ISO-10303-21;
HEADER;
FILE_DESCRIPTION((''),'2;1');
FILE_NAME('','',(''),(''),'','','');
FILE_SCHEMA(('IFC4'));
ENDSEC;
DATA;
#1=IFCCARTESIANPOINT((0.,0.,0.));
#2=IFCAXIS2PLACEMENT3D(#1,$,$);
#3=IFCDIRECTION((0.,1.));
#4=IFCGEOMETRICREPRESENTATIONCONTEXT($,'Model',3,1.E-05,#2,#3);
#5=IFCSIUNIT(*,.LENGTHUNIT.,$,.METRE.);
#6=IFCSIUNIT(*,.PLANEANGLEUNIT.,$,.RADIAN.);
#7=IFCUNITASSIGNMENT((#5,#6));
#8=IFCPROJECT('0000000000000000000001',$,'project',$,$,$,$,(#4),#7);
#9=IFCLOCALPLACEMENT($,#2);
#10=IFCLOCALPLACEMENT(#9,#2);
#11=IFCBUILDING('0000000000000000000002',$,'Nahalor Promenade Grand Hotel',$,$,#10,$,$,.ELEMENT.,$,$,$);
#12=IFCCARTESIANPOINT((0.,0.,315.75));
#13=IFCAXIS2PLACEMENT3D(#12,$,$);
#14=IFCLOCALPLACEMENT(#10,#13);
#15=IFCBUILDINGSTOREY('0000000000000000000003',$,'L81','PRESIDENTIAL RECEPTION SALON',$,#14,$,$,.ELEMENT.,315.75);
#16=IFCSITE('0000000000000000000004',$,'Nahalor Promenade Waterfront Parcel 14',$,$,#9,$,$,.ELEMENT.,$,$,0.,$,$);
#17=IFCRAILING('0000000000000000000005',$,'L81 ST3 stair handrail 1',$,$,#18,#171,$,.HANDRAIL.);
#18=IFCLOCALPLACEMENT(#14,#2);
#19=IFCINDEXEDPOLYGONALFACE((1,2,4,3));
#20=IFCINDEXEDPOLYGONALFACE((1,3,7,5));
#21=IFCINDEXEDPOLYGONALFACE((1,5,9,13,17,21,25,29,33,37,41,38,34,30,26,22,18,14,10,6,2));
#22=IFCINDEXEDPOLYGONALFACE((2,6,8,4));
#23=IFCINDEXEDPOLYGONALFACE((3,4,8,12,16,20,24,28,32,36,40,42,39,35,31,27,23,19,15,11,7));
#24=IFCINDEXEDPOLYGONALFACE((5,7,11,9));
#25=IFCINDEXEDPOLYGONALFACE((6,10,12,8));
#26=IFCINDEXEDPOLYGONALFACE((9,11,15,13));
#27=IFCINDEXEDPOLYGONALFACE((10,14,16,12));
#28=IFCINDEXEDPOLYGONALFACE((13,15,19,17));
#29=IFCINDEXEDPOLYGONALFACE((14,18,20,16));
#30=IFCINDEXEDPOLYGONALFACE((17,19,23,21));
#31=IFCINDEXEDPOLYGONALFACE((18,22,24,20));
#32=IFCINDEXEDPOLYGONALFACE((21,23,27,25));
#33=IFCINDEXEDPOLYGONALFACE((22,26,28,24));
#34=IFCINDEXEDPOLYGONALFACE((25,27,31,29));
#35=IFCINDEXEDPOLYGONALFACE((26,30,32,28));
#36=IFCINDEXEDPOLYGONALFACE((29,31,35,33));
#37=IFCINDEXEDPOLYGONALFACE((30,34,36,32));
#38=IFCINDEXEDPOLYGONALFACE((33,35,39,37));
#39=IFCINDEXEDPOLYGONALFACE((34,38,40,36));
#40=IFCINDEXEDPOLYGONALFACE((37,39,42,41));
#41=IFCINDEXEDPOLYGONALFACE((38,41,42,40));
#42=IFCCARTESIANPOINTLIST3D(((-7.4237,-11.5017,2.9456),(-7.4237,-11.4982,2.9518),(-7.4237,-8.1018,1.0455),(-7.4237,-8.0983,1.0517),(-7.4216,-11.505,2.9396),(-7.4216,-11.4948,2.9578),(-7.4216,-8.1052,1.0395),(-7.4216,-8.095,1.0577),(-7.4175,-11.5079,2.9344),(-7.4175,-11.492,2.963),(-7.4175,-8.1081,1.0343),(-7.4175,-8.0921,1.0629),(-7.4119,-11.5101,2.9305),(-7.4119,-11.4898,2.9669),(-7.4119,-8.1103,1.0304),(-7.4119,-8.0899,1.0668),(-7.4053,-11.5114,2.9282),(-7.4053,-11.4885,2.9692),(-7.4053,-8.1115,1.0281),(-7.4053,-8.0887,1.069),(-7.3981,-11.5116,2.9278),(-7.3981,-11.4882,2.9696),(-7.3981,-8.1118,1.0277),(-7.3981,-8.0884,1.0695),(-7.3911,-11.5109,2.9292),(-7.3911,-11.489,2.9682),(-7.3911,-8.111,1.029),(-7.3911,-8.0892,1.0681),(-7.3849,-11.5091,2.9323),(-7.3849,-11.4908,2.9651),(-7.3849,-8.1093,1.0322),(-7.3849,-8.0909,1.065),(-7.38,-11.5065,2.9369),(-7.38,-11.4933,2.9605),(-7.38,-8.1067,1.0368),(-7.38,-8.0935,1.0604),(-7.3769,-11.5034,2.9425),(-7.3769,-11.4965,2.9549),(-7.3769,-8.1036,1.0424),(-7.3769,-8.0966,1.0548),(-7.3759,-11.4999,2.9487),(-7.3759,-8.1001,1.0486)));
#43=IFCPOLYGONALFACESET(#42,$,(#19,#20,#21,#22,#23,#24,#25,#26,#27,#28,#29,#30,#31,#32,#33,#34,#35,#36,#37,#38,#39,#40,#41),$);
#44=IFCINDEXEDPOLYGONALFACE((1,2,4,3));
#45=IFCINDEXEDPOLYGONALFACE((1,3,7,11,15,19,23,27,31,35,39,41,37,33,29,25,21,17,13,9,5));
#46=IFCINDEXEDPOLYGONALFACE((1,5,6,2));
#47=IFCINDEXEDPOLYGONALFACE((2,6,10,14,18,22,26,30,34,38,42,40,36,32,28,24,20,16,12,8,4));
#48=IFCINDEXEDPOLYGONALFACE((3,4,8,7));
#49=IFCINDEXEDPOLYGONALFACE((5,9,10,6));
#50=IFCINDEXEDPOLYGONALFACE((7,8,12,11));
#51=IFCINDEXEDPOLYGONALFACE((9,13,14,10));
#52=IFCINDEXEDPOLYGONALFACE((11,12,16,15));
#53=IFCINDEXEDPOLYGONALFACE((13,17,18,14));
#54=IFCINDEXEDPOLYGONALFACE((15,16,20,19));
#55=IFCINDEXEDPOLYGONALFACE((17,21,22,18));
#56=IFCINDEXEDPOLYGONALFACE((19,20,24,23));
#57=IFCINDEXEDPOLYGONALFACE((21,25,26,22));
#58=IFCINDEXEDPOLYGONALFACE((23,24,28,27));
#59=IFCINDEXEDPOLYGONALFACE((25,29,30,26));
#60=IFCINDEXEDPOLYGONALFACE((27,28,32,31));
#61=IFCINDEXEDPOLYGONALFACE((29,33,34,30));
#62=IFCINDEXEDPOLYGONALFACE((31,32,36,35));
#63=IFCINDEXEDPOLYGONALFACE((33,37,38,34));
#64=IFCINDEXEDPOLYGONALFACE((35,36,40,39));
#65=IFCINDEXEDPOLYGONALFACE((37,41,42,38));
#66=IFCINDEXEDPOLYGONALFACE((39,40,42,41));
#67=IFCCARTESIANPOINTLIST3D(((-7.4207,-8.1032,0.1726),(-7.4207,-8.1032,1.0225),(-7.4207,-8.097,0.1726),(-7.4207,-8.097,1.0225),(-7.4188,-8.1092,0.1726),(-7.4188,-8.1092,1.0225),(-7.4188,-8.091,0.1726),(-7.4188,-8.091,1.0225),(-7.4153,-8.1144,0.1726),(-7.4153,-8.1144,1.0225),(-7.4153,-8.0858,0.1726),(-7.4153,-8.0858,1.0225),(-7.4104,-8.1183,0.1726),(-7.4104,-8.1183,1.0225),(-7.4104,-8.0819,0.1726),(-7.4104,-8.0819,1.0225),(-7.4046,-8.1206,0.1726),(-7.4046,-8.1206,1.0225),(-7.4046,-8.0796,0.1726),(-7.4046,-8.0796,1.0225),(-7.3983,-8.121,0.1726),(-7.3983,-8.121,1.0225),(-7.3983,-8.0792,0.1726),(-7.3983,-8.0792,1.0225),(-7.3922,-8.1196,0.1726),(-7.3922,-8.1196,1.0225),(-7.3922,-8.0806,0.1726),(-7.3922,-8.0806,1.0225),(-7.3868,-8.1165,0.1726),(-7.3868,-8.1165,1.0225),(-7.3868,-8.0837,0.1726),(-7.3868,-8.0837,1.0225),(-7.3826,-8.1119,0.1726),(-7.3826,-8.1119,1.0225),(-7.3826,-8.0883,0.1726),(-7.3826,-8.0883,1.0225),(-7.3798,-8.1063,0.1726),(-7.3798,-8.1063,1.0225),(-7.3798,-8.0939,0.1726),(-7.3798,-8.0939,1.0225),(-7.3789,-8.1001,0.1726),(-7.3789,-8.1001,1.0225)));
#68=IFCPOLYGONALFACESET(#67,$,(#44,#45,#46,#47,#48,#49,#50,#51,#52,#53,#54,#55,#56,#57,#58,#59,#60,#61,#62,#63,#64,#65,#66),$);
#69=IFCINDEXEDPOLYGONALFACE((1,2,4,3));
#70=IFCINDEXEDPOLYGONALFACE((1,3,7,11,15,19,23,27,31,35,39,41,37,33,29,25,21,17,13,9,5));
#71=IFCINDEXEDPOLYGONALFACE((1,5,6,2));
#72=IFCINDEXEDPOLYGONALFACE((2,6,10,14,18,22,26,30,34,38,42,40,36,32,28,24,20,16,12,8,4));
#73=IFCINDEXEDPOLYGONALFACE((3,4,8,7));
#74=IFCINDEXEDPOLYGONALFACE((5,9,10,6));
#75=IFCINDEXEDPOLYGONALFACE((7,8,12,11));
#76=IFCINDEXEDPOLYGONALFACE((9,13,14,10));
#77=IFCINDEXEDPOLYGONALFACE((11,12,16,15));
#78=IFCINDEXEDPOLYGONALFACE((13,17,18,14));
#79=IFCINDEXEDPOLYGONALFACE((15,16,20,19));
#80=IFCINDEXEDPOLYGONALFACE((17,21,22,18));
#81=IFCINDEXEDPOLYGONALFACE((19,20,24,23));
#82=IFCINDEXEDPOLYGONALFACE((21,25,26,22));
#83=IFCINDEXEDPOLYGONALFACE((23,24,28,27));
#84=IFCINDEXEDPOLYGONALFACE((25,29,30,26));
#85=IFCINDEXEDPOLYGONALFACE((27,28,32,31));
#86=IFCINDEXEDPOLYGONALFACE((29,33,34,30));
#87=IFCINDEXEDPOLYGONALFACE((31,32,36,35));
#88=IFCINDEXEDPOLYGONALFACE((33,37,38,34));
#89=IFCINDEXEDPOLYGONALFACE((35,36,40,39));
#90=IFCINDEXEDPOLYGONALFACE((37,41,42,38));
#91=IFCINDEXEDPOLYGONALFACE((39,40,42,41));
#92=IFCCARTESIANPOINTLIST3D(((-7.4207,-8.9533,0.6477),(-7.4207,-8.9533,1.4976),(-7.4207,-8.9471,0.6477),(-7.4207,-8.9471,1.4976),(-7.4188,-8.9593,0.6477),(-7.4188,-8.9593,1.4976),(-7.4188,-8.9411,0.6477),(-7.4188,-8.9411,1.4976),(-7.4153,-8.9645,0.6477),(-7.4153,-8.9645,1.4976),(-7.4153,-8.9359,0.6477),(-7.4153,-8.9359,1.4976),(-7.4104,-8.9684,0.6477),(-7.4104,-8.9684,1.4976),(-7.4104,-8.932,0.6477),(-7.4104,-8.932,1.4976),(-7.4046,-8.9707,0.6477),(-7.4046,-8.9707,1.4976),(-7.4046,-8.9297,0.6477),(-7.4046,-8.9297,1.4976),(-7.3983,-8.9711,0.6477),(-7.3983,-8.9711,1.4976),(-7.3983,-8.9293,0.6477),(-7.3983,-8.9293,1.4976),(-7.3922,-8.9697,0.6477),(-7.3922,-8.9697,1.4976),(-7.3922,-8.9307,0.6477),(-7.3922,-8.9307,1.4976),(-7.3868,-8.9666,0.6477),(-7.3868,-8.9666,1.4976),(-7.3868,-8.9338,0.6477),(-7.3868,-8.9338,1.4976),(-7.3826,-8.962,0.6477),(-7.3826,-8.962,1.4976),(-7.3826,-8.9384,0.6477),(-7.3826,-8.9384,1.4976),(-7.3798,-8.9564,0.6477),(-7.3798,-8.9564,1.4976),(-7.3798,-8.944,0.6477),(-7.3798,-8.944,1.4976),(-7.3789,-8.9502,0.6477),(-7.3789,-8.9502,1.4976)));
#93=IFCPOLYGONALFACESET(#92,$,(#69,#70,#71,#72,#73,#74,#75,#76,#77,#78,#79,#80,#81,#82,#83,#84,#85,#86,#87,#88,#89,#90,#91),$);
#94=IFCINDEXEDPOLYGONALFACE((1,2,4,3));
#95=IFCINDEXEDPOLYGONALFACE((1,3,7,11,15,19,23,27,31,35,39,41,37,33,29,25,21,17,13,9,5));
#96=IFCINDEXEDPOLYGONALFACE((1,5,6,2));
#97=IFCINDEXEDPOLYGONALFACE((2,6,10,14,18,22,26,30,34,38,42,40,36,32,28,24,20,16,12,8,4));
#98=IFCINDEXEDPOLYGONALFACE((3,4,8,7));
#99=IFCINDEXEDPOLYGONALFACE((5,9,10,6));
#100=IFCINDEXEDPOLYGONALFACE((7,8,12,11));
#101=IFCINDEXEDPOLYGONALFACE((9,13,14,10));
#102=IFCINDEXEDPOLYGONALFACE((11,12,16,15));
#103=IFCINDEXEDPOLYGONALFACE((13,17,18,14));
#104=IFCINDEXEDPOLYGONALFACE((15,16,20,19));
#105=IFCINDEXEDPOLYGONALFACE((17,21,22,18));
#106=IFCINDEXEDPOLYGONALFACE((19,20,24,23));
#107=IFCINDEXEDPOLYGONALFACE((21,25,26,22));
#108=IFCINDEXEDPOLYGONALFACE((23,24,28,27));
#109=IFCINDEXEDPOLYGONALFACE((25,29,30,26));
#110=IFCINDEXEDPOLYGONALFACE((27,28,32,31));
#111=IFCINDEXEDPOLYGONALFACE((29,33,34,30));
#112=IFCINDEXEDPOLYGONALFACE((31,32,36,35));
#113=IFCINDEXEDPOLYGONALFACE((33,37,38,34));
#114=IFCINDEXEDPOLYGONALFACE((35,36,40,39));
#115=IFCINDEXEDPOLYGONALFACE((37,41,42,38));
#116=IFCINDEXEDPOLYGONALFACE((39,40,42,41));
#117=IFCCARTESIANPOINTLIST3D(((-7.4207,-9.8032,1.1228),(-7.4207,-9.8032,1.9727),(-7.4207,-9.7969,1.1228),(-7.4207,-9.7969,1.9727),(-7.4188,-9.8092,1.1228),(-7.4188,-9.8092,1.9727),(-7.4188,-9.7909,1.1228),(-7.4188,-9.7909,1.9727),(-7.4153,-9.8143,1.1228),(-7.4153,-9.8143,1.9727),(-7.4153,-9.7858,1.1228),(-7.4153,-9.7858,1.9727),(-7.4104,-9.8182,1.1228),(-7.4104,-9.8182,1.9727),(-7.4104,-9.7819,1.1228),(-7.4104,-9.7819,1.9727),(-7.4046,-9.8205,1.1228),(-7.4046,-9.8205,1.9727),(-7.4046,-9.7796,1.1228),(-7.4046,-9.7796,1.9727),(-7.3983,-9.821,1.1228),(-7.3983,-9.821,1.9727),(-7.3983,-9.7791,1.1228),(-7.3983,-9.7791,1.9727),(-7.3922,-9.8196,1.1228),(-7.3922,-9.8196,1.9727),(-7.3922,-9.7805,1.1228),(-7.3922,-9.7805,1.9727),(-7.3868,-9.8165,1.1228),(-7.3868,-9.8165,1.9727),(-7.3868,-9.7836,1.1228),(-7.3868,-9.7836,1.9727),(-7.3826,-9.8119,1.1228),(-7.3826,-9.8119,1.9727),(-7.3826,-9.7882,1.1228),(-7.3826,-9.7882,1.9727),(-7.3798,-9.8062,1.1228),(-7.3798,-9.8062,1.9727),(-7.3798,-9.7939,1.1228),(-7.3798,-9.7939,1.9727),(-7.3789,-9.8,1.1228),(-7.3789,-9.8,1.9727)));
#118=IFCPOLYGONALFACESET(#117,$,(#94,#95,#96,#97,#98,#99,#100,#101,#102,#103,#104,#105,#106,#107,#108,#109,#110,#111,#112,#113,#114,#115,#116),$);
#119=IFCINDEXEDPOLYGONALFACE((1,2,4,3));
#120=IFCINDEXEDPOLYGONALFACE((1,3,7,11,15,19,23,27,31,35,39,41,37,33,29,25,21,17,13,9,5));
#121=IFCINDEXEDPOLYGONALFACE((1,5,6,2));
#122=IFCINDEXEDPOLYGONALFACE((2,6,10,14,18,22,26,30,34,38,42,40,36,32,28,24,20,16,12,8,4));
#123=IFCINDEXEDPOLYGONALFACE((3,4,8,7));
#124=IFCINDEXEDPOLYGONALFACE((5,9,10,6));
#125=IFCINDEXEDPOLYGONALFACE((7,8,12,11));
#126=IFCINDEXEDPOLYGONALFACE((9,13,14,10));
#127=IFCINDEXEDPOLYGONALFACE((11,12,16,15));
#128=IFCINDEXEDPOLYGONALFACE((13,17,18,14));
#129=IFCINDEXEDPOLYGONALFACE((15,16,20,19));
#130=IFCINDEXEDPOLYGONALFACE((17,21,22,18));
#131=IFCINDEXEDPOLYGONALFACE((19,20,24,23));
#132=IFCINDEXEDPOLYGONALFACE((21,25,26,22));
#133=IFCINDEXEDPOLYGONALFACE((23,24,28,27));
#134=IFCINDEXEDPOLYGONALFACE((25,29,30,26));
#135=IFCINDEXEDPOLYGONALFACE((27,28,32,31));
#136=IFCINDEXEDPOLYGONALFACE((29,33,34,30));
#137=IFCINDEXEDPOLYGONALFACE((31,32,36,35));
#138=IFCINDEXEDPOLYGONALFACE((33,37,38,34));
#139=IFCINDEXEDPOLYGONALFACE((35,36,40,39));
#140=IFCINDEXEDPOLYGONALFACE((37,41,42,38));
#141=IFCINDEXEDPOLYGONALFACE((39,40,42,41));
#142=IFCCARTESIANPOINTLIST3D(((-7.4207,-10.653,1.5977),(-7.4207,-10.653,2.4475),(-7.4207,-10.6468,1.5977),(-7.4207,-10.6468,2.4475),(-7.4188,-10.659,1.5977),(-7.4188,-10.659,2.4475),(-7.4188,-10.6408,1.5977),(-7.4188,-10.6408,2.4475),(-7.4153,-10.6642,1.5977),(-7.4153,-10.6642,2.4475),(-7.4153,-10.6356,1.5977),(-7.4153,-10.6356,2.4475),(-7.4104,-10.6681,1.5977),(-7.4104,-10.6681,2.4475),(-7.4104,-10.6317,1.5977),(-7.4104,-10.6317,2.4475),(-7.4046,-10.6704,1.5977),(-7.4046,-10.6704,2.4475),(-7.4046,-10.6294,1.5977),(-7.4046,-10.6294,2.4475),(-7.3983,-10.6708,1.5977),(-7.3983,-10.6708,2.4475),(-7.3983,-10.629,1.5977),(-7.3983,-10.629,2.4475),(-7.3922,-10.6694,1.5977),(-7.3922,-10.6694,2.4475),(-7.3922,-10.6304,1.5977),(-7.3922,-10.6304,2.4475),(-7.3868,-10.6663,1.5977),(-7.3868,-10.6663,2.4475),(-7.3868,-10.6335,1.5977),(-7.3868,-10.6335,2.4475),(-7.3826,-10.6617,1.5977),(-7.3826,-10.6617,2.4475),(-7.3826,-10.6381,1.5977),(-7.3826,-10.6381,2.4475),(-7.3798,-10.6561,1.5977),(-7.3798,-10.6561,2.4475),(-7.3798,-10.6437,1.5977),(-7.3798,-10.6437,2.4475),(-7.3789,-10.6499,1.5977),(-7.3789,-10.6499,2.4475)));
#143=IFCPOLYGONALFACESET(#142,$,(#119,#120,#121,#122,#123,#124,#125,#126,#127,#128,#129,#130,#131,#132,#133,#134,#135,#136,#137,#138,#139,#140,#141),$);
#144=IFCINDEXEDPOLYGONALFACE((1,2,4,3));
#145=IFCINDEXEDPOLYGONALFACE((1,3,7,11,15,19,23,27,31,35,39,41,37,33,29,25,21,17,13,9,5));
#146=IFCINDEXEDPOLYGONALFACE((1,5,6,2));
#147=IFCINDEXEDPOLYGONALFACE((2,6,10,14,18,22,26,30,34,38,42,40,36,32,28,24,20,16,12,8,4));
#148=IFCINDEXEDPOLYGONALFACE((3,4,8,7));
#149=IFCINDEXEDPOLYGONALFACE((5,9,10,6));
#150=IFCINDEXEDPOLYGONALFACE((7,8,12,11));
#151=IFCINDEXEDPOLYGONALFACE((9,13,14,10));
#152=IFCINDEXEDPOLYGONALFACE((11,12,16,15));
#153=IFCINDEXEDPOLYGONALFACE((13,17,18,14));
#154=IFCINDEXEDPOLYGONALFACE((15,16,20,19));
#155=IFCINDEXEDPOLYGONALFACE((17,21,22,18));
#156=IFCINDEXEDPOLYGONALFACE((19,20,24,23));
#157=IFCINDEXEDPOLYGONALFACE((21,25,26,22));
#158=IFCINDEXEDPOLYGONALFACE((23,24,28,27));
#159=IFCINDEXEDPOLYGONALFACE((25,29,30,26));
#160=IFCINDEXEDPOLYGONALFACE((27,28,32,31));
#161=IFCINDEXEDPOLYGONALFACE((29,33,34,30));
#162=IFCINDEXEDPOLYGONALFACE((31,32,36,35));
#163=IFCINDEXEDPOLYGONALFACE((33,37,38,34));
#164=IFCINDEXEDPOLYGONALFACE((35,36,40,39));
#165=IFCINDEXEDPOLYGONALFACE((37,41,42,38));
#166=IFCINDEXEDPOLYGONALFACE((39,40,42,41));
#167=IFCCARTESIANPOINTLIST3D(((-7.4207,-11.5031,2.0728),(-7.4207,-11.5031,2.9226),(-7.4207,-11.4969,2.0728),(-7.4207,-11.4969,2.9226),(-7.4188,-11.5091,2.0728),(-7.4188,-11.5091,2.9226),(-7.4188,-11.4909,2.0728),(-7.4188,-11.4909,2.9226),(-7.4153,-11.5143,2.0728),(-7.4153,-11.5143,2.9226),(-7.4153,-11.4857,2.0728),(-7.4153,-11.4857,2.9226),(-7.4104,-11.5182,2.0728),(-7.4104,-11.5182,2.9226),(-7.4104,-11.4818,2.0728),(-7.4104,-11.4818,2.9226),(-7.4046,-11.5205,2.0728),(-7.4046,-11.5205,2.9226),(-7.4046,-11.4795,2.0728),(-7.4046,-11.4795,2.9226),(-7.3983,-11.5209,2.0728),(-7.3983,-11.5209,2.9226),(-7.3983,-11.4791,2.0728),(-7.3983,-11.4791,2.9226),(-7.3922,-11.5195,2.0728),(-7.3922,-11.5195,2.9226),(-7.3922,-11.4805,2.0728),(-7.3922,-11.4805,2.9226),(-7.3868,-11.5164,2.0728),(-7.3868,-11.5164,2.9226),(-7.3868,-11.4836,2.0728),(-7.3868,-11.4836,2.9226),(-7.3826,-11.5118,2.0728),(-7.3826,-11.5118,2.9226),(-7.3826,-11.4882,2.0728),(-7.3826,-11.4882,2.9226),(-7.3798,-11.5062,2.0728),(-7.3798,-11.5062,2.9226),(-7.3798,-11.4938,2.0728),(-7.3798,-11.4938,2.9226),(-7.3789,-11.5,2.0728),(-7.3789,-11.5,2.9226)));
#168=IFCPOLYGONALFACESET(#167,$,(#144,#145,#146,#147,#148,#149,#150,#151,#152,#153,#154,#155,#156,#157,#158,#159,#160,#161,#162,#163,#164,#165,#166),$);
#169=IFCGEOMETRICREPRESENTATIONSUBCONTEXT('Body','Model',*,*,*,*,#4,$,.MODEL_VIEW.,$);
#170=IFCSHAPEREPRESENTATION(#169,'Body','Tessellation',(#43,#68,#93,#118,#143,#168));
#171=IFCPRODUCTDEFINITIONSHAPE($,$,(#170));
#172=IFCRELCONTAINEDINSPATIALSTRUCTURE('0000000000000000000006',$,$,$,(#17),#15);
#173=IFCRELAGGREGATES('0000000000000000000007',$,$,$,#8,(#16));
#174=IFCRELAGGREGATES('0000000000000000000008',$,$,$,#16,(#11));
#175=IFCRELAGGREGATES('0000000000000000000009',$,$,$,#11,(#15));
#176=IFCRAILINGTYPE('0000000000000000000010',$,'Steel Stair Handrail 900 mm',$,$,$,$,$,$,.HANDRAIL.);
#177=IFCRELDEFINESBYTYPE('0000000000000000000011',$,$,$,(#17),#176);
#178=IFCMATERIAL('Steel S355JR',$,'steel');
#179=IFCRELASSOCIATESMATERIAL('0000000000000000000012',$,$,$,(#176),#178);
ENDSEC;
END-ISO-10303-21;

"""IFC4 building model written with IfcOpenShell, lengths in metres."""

from ifc_helpers import new_model, si_unit, direction, frame, origin, origin_2d, place, context, subcontext, project, spatial, circle, extrude, material, type_object, element, save


model = new_model("IFC4")

# Units and contexts
model_context = context("Model", 3, precision=1e-05, world=origin(), true_north=direction((0.0, 1.0)))
body_context = subcontext(model_context, "Body", "Model", "MODEL_VIEW")
ifc_project = project(units=[si_unit("LENGTHUNIT", "METRE"), si_unit("PLANEANGLEUNIT", "RADIAN")], contexts=[model_context])

# Site, building, storey
site_placement = place(None, origin())
site = spatial("IfcSite", under=ifc_project, at=site_placement, Name="Nahalor Promenade Waterfront Parcel 14", CompositionType="ELEMENT", RefElevation=0.0)
building_placement = place(site_placement, origin())
building = spatial("IfcBuilding", under=site, at=building_placement, Name="Nahalor Promenade Grand Hotel", CompositionType="ELEMENT")
storey_placement = place(building_placement, frame((0.0, 0.0, 315.75)))
storey = spatial("IfcBuildingStorey", under=building, at=storey_placement, Name="L81", Description="PRESIDENTIAL RECEPTION SALON", CompositionType="ELEMENT", Elevation=315.75)

# Shared definitions
ifc_material_1 = material(Name="Steel S355JR", Category="steel")

# Railing
railing_type_1 = type_object("IfcRailingType", Name="Steel Stair Handrail 900 mm", PredefinedType="HANDRAIL", material=ifc_material_1)
railing_1_placement = place(storey_placement, frame((-7.3999, -8.1001, 0.1726)))
element("IfcRailing", 1, at=railing_1_placement, inside=storey, type_object=railing_type_1, Name="L81 ST3 stair handrail 1", PredefinedType="HANDRAIL", context=body_context, shape_type="SweptSolid", body=[
    extrude(circle(Radius=0.024, at=origin_2d()), frame((0.0, 0.0, 0.876), z_axis=(0.0, -0.872921, 0.487861), x_axis=(1.0, 0.0, 0.0)), (0.0, 0.0, 1.0), 3.8948),
    extrude(circle(Radius=0.021, at=origin_2d()), origin(), (0.0, 0.0, 1.0), 0.8499),
    extrude(circle(Radius=0.021, at=origin_2d()), frame((0.0, -0.8501, 0.4751)), (0.0, 0.0, 1.0), 0.8499),
    extrude(circle(Radius=0.021, at=origin_2d()), frame((0.0, -1.7, 0.9502)), (0.0, 0.0, 1.0), 0.8499),
    extrude(circle(Radius=0.021, at=origin_2d()), frame((0.0, -2.5498, 1.425)), (0.0, 0.0, 1.0), 0.8499),
    extrude(circle(Radius=0.021, at=origin_2d()), frame((0.0, -3.3999, 1.9001)), (0.0, 0.0, 1.0), 0.8499),
])

save(model, "model.ifc")
